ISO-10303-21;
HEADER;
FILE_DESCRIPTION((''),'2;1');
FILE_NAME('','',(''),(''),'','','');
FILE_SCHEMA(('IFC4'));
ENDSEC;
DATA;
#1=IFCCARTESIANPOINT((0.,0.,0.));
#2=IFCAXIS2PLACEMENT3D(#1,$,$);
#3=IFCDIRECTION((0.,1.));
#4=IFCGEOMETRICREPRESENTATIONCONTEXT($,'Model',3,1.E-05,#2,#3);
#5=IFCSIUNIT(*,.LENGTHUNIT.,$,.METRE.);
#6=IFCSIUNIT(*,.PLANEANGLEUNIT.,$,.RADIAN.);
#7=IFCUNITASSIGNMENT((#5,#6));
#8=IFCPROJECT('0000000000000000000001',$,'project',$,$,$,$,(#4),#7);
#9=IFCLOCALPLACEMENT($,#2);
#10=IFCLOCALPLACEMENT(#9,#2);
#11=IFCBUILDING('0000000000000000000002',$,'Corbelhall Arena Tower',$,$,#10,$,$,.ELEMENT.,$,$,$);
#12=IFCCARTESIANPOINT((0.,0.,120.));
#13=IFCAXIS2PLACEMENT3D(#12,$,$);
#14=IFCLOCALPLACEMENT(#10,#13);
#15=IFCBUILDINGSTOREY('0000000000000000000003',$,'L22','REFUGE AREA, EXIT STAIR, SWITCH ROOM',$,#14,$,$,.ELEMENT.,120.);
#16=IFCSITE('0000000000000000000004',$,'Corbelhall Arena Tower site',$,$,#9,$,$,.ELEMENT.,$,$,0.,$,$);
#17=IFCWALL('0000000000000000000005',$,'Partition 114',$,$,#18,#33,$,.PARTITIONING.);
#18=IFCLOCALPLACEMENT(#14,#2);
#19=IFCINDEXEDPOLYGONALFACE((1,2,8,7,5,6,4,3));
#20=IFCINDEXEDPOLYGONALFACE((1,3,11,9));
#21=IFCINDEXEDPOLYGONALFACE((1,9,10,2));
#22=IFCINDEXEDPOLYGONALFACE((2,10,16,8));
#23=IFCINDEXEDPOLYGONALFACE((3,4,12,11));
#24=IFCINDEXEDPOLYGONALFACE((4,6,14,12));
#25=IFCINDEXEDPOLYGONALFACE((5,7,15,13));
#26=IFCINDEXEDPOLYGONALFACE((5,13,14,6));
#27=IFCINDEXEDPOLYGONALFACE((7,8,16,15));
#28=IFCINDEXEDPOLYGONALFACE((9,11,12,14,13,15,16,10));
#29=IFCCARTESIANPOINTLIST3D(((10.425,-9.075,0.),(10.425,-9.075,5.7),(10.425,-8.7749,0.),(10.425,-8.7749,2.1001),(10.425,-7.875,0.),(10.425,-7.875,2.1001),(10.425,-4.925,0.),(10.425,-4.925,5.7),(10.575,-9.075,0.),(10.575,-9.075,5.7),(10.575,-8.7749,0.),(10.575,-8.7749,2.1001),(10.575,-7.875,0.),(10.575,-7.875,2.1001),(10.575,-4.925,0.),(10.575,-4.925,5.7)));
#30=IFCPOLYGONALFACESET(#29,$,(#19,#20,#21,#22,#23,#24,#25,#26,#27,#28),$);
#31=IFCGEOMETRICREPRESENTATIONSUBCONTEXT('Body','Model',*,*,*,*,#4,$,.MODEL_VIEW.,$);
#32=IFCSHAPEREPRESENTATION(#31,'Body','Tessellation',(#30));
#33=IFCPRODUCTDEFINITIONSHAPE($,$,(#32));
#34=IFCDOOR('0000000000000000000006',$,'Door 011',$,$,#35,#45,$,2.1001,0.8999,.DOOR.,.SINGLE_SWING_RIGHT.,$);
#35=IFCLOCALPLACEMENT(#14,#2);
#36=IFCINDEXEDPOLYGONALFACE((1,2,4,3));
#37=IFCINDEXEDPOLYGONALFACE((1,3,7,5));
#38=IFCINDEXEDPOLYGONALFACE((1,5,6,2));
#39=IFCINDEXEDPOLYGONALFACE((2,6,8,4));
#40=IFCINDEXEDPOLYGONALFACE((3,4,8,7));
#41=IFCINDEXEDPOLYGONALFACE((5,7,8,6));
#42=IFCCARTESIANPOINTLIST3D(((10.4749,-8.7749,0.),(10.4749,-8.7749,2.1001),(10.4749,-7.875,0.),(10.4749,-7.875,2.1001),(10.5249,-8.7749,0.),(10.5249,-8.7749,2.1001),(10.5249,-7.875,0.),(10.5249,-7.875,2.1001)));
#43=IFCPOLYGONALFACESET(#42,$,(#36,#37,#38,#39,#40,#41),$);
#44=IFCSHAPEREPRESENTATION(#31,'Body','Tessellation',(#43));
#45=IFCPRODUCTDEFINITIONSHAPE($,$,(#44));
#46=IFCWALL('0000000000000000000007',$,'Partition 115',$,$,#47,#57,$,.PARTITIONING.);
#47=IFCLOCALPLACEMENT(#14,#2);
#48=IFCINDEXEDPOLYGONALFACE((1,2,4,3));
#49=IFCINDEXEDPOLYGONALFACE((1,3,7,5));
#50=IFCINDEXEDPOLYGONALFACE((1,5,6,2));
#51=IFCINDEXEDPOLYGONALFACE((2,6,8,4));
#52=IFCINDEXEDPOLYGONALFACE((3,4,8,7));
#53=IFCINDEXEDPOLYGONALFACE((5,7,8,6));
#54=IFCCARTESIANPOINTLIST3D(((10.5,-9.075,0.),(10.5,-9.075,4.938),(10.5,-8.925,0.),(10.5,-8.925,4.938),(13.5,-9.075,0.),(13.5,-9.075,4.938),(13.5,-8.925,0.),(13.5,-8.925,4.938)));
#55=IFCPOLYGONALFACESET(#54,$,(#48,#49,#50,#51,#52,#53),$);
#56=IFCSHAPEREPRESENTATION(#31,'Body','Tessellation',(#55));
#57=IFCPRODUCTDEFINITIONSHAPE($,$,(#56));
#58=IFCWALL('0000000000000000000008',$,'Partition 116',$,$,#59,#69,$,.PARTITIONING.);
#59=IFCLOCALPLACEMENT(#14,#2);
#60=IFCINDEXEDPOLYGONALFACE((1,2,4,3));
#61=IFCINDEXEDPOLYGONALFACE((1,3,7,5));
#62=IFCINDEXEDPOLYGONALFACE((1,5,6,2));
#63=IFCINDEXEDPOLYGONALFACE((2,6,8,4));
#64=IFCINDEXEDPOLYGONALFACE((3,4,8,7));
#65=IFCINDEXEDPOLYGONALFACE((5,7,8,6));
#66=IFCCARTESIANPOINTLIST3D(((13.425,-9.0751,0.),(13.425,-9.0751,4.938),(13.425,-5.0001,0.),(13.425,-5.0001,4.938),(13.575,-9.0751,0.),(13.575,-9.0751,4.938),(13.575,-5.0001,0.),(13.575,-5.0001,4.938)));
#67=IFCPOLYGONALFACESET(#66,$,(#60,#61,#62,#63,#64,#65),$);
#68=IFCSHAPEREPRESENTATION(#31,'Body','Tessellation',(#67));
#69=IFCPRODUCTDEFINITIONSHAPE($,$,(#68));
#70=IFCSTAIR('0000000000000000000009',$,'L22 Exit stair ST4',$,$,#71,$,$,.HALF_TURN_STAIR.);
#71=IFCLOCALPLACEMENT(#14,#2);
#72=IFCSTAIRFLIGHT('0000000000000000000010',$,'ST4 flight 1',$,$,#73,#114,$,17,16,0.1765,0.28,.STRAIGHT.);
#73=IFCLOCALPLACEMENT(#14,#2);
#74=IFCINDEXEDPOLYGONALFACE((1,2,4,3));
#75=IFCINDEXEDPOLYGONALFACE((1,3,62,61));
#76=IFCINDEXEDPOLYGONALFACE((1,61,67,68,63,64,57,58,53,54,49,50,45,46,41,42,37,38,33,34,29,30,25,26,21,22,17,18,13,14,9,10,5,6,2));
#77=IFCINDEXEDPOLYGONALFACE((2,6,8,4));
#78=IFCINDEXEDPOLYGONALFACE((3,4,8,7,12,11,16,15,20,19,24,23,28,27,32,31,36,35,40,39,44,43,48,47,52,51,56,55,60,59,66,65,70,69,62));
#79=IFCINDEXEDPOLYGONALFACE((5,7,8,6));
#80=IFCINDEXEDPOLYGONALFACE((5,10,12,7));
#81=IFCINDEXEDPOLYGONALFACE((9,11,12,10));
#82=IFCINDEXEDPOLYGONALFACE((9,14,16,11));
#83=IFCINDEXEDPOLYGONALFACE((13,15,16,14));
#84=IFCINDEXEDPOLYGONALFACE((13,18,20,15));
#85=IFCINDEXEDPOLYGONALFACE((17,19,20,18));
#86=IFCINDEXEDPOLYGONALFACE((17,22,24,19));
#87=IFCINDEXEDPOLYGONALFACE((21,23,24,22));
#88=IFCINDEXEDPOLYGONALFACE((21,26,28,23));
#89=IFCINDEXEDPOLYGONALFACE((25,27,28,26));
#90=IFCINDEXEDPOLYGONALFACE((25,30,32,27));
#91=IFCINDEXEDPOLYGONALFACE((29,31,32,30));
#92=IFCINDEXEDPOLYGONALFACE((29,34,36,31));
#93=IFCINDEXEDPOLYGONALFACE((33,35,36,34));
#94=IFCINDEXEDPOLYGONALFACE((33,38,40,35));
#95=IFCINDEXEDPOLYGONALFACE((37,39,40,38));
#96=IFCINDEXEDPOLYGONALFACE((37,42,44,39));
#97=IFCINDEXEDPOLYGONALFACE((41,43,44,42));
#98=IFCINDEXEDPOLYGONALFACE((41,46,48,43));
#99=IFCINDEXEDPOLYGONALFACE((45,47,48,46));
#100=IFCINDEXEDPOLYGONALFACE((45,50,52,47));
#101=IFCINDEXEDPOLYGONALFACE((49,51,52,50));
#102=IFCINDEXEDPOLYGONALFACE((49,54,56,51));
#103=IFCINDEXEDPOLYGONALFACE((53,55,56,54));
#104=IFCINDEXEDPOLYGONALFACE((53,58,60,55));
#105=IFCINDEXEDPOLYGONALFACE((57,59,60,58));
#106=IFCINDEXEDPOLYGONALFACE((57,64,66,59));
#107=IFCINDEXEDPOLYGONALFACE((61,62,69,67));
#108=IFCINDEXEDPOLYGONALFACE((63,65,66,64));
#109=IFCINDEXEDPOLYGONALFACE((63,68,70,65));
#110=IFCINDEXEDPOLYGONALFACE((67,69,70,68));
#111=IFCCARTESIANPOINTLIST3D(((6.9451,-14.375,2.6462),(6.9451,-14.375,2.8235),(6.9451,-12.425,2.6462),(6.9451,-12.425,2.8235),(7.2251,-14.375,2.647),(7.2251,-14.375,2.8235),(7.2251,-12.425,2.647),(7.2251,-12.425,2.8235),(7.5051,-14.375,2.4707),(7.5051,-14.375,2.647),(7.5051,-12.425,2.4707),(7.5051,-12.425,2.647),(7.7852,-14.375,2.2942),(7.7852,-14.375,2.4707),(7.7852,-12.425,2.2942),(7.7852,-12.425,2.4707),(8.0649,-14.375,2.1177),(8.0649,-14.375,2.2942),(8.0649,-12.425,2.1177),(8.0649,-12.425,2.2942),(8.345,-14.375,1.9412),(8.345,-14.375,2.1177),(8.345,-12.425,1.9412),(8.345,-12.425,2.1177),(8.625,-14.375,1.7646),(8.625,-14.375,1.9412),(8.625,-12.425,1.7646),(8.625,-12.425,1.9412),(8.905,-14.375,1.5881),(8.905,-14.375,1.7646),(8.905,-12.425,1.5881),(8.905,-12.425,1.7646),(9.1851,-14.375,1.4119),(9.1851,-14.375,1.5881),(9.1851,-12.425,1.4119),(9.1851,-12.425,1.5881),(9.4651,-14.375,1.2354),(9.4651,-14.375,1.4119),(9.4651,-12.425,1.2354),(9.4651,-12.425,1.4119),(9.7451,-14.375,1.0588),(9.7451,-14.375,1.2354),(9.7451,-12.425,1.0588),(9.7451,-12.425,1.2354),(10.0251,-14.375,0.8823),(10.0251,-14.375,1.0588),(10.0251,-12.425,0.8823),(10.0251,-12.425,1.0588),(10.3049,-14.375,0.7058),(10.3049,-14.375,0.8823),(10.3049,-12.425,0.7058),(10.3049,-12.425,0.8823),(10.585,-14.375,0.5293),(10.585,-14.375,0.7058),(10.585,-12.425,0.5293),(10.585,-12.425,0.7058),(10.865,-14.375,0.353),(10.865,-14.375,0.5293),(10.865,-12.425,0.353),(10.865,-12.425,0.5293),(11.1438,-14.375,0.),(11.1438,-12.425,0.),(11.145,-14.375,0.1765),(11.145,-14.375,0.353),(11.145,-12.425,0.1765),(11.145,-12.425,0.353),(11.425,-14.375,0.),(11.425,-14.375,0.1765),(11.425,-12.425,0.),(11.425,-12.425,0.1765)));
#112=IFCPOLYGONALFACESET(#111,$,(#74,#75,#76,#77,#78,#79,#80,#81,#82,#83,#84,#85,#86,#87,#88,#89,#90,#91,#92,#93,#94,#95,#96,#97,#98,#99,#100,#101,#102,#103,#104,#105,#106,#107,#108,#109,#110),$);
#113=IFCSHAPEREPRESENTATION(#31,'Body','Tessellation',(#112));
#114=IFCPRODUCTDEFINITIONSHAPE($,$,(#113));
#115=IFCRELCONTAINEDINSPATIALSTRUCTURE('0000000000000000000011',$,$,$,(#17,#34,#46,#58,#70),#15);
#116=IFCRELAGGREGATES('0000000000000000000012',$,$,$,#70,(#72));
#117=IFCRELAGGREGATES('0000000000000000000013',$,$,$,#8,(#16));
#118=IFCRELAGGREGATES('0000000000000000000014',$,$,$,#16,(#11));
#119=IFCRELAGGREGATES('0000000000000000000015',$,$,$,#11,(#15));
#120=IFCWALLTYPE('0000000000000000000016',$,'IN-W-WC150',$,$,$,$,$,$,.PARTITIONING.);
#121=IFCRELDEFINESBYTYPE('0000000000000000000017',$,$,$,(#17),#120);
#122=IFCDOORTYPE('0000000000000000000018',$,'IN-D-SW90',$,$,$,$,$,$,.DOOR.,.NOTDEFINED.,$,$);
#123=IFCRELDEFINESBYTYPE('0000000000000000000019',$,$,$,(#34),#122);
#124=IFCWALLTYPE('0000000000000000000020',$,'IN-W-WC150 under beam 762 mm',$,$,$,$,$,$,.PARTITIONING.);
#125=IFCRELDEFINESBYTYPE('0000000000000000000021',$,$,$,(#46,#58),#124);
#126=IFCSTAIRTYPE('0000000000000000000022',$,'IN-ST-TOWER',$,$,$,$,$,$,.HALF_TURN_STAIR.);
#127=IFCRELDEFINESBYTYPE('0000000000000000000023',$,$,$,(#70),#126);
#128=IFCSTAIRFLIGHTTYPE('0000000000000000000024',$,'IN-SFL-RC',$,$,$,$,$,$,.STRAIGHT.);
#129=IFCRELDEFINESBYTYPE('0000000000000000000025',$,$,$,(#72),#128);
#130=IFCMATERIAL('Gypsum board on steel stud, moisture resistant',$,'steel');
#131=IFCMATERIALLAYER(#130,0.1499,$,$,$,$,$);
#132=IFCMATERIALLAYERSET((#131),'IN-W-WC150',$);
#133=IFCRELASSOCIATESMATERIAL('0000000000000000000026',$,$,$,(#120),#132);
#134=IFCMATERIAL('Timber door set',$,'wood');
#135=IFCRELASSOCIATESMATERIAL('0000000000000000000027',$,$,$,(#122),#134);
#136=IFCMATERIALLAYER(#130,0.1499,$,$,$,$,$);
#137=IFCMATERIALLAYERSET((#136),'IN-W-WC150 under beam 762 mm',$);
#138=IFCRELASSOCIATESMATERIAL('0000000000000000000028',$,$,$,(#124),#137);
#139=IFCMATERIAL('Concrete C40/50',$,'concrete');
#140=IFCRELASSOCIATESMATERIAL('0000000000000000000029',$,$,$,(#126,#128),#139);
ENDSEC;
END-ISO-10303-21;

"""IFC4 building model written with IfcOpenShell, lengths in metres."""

from ifc_helpers import new_model, si_unit, direction, frame, frame_2d, origin, place, context, subcontext, project, spatial, polyline, rectangle, outline, extrude, material, layer, layer_set, type_object, element, fill, aggregate, save


model = new_model("IFC4")

# Units and contexts
model_context = context("Model", 3, precision=1e-05, world=origin(), true_north=direction((0.0, 1.0)))
body_context = subcontext(model_context, "Body", "Model", "MODEL_VIEW")
ifc_project = project(units=[si_unit("LENGTHUNIT", "METRE"), si_unit("PLANEANGLEUNIT", "RADIAN")], contexts=[model_context])

# Site, building, storey
site_placement = place(None, origin())
site = spatial("IfcSite", under=ifc_project, at=site_placement, Name="Corbelhall Arena Tower site", CompositionType="ELEMENT", RefElevation=0.0)
building_placement = place(site_placement, origin())
building = spatial("IfcBuilding", under=site, at=building_placement, Name="Corbelhall Arena Tower", CompositionType="ELEMENT")
storey_placement = place(building_placement, frame((0.0, 0.0, 120.0)))
storey = spatial("IfcBuildingStorey", under=building, at=storey_placement, Name="L22", Description="REFUGE AREA, EXIT STAIR, SWITCH ROOM", CompositionType="ELEMENT", Elevation=120.0)

# Shared definitions
ifc_material_1 = material(Name="Concrete C40/50", Category="concrete")

# Shared definitions
ifc_material_2 = material(Name="Gypsum board on steel stud, moisture resistant", Category="steel")
ifc_layer_1 = layer(ifc_material_2, 0.1499)
ifc_layer_set_1 = layer_set([ifc_layer_1], Name="IN-W-WC150")
wall_type_1 = type_object("IfcWallType", Name="IN-W-WC150", PredefinedType="PARTITIONING", material=ifc_layer_set_1)

# Wall, opening, door
wall_1_placement = place(storey_placement, frame((10.5, -4.925, 0.0), z_axis=(0.0, 0.0, 1.0), x_axis=(0.0, -1.0, 0.0)))
wall_1 = element("IfcWall", 1, at=wall_1_placement, inside=storey, type_object=wall_type_1, Name="Partition 114", PredefinedType="PARTITIONING", context=body_context, shape_type="SweptSolid", body=[
    extrude(rectangle(XDim=4.1499, YDim=0.1499, at=frame_2d((2.075, 0.0))), origin(), (0.0, 0.0, 1.0), 5.7),
])
opening_1_placement = place(wall_1_placement, frame((2.95, 0.0, 0.0)))
opening_1 = element("IfcOpeningElement", 2, at=opening_1_placement, cuts=wall_1, PredefinedType="OPENING", context=body_context, shape_type="SweptSolid", body=[
    extrude(rectangle(XDim=0.8999, YDim=2.1001, at=frame_2d((0.45, 1.05))), frame((0.0, 0.075, 0.0), z_axis=(0.0, -1.0, 0.0), x_axis=(1.0, 0.0, 0.0)), (0.0, 0.0, 1.0), 0.1499),
])
ifc_material_3 = material(Name="Timber door set", Category="wood")
door_type_1 = type_object("IfcDoorType", Name="IN-D-SW90", OperationType="NOTDEFINED", PredefinedType="DOOR", material=ifc_material_3)
door_1_placement = place(opening_1_placement, origin())
door_1 = element("IfcDoor", 3, at=door_1_placement, inside=storey, type_object=door_type_1, Name="Door 011", OperationType="SINGLE_SWING_RIGHT", OverallHeight=2.1001, OverallWidth=0.8999, PredefinedType="DOOR", context=body_context, shape_type="SweptSolid", body=[
    extrude(rectangle(XDim=0.8999, YDim=2.1001, at=frame_2d((0.45, 1.05))), frame((0.0, 0.0249, 0.0), z_axis=(0.0, -1.0, 0.0), x_axis=(1.0, 0.0, 0.0)), (0.0, 0.0, 1.0), 0.05),
])
fill(opening_1, door_1)

# Walls
ifc_layer_2 = layer(ifc_material_2, 0.1499)
ifc_layer_set_2 = layer_set([ifc_layer_2], Name="IN-W-WC150 under beam 762 mm")
wall_type_2 = type_object("IfcWallType", Name="IN-W-WC150 under beam 762 mm", PredefinedType="PARTITIONING", material=ifc_layer_set_2)
wall_2_placement = place(storey_placement, frame((13.5, -9.0, 0.0), z_axis=(0.0, 0.0, 1.0), x_axis=(-1.0, 0.0, 0.0)))
element("IfcWall", 4, at=wall_2_placement, inside=storey, type_object=wall_type_2, Name="Partition 115", PredefinedType="PARTITIONING", context=body_context, shape_type="SweptSolid", body=[
    extrude(rectangle(XDim=3.0, YDim=0.1499, at=frame_2d((1.5, 0.0))), origin(), (0.0, 0.0, 1.0), 4.938),
])
wall_3_placement = place(storey_placement, frame((13.5, -5.0, 0.0), z_axis=(0.0, 0.0, 1.0), x_axis=(0.0, -1.0, 0.0)))
element("IfcWall", 5, at=wall_3_placement, inside=storey, type_object=wall_type_2, Name="Partition 116", PredefinedType="PARTITIONING", context=body_context, shape_type="SweptSolid", body=[
    extrude(rectangle(XDim=4.075, YDim=0.1499, at=frame_2d((2.0376, 0.0))), origin(), (0.0, 0.0, 1.0), 4.938),
])

# Stair, stair flight
stair_type = type_object("IfcStairType", Name="IN-ST-TOWER", PredefinedType="HALF_TURN_STAIR", material=ifc_material_1)
stair_placement = place(storey_placement, origin())
stair = element("IfcStair", 6, at=stair_placement, inside=storey, type_object=stair_type, Name="L22 Exit stair ST4", PredefinedType="HALF_TURN_STAIR")
stair_flight_type = type_object("IfcStairFlightType", Name="IN-SFL-RC", PredefinedType="STRAIGHT", material=ifc_material_1)
stair_flight_placement = place(storey_placement, frame((11.425, -13.3999, 0.0), z_axis=(0.0, 0.0, 1.0), x_axis=(-1.0, 0.0, 0.0)))
stair_flight = element("IfcStairFlight", 7, at=stair_flight_placement, type_object=stair_flight_type, Name="ST4 flight 1", NumberOfRisers=17, NumberOfTreads=16, PredefinedType="STRAIGHT", RiserHeight=0.1765, TreadLength=0.28, context=body_context, shape_type="SweptSolid", body=[
    extrude(outline(polyline([(0.0, 0.0), (0.0, 0.1765), (0.28, 0.1765), (0.28, 0.353), (0.5601, 0.353), (0.5601, 0.5293), (0.8401, 0.5293), (0.8401, 0.7058), (1.1201, 0.7058), (1.1201, 0.8823), (1.3999, 0.8823), (1.3999, 1.0588), (1.6799, 1.0588), (1.6799, 1.2354), (1.96, 1.2354), (1.96, 1.4119), (2.24, 1.4119), (2.24, 1.5881), (2.52, 1.5881), (2.52, 1.7646), (2.8, 1.7646), (2.8, 1.9412), (3.0801, 1.9412), (3.0801, 2.1177), (3.3601, 2.1177), (3.3601, 2.2942), (3.6399, 2.2942), (3.6399, 2.4707), (3.9199, 2.4707), (3.9199, 2.647), (4.2, 2.647), (4.2, 2.8235), (4.48, 2.8235), (4.48, 3.0), (4.48, 2.6462), (0.2812, 0.0), (0.0, 0.0)])), frame((0.0, 0.9751, 0.0), z_axis=(0.0, -1.0, 0.0), x_axis=(1.0, 0.0, 0.0)), (0.0, 0.0, 1.0), 1.95),
])
aggregate(stair, [stair_flight])

save(model, "model.ifc")
